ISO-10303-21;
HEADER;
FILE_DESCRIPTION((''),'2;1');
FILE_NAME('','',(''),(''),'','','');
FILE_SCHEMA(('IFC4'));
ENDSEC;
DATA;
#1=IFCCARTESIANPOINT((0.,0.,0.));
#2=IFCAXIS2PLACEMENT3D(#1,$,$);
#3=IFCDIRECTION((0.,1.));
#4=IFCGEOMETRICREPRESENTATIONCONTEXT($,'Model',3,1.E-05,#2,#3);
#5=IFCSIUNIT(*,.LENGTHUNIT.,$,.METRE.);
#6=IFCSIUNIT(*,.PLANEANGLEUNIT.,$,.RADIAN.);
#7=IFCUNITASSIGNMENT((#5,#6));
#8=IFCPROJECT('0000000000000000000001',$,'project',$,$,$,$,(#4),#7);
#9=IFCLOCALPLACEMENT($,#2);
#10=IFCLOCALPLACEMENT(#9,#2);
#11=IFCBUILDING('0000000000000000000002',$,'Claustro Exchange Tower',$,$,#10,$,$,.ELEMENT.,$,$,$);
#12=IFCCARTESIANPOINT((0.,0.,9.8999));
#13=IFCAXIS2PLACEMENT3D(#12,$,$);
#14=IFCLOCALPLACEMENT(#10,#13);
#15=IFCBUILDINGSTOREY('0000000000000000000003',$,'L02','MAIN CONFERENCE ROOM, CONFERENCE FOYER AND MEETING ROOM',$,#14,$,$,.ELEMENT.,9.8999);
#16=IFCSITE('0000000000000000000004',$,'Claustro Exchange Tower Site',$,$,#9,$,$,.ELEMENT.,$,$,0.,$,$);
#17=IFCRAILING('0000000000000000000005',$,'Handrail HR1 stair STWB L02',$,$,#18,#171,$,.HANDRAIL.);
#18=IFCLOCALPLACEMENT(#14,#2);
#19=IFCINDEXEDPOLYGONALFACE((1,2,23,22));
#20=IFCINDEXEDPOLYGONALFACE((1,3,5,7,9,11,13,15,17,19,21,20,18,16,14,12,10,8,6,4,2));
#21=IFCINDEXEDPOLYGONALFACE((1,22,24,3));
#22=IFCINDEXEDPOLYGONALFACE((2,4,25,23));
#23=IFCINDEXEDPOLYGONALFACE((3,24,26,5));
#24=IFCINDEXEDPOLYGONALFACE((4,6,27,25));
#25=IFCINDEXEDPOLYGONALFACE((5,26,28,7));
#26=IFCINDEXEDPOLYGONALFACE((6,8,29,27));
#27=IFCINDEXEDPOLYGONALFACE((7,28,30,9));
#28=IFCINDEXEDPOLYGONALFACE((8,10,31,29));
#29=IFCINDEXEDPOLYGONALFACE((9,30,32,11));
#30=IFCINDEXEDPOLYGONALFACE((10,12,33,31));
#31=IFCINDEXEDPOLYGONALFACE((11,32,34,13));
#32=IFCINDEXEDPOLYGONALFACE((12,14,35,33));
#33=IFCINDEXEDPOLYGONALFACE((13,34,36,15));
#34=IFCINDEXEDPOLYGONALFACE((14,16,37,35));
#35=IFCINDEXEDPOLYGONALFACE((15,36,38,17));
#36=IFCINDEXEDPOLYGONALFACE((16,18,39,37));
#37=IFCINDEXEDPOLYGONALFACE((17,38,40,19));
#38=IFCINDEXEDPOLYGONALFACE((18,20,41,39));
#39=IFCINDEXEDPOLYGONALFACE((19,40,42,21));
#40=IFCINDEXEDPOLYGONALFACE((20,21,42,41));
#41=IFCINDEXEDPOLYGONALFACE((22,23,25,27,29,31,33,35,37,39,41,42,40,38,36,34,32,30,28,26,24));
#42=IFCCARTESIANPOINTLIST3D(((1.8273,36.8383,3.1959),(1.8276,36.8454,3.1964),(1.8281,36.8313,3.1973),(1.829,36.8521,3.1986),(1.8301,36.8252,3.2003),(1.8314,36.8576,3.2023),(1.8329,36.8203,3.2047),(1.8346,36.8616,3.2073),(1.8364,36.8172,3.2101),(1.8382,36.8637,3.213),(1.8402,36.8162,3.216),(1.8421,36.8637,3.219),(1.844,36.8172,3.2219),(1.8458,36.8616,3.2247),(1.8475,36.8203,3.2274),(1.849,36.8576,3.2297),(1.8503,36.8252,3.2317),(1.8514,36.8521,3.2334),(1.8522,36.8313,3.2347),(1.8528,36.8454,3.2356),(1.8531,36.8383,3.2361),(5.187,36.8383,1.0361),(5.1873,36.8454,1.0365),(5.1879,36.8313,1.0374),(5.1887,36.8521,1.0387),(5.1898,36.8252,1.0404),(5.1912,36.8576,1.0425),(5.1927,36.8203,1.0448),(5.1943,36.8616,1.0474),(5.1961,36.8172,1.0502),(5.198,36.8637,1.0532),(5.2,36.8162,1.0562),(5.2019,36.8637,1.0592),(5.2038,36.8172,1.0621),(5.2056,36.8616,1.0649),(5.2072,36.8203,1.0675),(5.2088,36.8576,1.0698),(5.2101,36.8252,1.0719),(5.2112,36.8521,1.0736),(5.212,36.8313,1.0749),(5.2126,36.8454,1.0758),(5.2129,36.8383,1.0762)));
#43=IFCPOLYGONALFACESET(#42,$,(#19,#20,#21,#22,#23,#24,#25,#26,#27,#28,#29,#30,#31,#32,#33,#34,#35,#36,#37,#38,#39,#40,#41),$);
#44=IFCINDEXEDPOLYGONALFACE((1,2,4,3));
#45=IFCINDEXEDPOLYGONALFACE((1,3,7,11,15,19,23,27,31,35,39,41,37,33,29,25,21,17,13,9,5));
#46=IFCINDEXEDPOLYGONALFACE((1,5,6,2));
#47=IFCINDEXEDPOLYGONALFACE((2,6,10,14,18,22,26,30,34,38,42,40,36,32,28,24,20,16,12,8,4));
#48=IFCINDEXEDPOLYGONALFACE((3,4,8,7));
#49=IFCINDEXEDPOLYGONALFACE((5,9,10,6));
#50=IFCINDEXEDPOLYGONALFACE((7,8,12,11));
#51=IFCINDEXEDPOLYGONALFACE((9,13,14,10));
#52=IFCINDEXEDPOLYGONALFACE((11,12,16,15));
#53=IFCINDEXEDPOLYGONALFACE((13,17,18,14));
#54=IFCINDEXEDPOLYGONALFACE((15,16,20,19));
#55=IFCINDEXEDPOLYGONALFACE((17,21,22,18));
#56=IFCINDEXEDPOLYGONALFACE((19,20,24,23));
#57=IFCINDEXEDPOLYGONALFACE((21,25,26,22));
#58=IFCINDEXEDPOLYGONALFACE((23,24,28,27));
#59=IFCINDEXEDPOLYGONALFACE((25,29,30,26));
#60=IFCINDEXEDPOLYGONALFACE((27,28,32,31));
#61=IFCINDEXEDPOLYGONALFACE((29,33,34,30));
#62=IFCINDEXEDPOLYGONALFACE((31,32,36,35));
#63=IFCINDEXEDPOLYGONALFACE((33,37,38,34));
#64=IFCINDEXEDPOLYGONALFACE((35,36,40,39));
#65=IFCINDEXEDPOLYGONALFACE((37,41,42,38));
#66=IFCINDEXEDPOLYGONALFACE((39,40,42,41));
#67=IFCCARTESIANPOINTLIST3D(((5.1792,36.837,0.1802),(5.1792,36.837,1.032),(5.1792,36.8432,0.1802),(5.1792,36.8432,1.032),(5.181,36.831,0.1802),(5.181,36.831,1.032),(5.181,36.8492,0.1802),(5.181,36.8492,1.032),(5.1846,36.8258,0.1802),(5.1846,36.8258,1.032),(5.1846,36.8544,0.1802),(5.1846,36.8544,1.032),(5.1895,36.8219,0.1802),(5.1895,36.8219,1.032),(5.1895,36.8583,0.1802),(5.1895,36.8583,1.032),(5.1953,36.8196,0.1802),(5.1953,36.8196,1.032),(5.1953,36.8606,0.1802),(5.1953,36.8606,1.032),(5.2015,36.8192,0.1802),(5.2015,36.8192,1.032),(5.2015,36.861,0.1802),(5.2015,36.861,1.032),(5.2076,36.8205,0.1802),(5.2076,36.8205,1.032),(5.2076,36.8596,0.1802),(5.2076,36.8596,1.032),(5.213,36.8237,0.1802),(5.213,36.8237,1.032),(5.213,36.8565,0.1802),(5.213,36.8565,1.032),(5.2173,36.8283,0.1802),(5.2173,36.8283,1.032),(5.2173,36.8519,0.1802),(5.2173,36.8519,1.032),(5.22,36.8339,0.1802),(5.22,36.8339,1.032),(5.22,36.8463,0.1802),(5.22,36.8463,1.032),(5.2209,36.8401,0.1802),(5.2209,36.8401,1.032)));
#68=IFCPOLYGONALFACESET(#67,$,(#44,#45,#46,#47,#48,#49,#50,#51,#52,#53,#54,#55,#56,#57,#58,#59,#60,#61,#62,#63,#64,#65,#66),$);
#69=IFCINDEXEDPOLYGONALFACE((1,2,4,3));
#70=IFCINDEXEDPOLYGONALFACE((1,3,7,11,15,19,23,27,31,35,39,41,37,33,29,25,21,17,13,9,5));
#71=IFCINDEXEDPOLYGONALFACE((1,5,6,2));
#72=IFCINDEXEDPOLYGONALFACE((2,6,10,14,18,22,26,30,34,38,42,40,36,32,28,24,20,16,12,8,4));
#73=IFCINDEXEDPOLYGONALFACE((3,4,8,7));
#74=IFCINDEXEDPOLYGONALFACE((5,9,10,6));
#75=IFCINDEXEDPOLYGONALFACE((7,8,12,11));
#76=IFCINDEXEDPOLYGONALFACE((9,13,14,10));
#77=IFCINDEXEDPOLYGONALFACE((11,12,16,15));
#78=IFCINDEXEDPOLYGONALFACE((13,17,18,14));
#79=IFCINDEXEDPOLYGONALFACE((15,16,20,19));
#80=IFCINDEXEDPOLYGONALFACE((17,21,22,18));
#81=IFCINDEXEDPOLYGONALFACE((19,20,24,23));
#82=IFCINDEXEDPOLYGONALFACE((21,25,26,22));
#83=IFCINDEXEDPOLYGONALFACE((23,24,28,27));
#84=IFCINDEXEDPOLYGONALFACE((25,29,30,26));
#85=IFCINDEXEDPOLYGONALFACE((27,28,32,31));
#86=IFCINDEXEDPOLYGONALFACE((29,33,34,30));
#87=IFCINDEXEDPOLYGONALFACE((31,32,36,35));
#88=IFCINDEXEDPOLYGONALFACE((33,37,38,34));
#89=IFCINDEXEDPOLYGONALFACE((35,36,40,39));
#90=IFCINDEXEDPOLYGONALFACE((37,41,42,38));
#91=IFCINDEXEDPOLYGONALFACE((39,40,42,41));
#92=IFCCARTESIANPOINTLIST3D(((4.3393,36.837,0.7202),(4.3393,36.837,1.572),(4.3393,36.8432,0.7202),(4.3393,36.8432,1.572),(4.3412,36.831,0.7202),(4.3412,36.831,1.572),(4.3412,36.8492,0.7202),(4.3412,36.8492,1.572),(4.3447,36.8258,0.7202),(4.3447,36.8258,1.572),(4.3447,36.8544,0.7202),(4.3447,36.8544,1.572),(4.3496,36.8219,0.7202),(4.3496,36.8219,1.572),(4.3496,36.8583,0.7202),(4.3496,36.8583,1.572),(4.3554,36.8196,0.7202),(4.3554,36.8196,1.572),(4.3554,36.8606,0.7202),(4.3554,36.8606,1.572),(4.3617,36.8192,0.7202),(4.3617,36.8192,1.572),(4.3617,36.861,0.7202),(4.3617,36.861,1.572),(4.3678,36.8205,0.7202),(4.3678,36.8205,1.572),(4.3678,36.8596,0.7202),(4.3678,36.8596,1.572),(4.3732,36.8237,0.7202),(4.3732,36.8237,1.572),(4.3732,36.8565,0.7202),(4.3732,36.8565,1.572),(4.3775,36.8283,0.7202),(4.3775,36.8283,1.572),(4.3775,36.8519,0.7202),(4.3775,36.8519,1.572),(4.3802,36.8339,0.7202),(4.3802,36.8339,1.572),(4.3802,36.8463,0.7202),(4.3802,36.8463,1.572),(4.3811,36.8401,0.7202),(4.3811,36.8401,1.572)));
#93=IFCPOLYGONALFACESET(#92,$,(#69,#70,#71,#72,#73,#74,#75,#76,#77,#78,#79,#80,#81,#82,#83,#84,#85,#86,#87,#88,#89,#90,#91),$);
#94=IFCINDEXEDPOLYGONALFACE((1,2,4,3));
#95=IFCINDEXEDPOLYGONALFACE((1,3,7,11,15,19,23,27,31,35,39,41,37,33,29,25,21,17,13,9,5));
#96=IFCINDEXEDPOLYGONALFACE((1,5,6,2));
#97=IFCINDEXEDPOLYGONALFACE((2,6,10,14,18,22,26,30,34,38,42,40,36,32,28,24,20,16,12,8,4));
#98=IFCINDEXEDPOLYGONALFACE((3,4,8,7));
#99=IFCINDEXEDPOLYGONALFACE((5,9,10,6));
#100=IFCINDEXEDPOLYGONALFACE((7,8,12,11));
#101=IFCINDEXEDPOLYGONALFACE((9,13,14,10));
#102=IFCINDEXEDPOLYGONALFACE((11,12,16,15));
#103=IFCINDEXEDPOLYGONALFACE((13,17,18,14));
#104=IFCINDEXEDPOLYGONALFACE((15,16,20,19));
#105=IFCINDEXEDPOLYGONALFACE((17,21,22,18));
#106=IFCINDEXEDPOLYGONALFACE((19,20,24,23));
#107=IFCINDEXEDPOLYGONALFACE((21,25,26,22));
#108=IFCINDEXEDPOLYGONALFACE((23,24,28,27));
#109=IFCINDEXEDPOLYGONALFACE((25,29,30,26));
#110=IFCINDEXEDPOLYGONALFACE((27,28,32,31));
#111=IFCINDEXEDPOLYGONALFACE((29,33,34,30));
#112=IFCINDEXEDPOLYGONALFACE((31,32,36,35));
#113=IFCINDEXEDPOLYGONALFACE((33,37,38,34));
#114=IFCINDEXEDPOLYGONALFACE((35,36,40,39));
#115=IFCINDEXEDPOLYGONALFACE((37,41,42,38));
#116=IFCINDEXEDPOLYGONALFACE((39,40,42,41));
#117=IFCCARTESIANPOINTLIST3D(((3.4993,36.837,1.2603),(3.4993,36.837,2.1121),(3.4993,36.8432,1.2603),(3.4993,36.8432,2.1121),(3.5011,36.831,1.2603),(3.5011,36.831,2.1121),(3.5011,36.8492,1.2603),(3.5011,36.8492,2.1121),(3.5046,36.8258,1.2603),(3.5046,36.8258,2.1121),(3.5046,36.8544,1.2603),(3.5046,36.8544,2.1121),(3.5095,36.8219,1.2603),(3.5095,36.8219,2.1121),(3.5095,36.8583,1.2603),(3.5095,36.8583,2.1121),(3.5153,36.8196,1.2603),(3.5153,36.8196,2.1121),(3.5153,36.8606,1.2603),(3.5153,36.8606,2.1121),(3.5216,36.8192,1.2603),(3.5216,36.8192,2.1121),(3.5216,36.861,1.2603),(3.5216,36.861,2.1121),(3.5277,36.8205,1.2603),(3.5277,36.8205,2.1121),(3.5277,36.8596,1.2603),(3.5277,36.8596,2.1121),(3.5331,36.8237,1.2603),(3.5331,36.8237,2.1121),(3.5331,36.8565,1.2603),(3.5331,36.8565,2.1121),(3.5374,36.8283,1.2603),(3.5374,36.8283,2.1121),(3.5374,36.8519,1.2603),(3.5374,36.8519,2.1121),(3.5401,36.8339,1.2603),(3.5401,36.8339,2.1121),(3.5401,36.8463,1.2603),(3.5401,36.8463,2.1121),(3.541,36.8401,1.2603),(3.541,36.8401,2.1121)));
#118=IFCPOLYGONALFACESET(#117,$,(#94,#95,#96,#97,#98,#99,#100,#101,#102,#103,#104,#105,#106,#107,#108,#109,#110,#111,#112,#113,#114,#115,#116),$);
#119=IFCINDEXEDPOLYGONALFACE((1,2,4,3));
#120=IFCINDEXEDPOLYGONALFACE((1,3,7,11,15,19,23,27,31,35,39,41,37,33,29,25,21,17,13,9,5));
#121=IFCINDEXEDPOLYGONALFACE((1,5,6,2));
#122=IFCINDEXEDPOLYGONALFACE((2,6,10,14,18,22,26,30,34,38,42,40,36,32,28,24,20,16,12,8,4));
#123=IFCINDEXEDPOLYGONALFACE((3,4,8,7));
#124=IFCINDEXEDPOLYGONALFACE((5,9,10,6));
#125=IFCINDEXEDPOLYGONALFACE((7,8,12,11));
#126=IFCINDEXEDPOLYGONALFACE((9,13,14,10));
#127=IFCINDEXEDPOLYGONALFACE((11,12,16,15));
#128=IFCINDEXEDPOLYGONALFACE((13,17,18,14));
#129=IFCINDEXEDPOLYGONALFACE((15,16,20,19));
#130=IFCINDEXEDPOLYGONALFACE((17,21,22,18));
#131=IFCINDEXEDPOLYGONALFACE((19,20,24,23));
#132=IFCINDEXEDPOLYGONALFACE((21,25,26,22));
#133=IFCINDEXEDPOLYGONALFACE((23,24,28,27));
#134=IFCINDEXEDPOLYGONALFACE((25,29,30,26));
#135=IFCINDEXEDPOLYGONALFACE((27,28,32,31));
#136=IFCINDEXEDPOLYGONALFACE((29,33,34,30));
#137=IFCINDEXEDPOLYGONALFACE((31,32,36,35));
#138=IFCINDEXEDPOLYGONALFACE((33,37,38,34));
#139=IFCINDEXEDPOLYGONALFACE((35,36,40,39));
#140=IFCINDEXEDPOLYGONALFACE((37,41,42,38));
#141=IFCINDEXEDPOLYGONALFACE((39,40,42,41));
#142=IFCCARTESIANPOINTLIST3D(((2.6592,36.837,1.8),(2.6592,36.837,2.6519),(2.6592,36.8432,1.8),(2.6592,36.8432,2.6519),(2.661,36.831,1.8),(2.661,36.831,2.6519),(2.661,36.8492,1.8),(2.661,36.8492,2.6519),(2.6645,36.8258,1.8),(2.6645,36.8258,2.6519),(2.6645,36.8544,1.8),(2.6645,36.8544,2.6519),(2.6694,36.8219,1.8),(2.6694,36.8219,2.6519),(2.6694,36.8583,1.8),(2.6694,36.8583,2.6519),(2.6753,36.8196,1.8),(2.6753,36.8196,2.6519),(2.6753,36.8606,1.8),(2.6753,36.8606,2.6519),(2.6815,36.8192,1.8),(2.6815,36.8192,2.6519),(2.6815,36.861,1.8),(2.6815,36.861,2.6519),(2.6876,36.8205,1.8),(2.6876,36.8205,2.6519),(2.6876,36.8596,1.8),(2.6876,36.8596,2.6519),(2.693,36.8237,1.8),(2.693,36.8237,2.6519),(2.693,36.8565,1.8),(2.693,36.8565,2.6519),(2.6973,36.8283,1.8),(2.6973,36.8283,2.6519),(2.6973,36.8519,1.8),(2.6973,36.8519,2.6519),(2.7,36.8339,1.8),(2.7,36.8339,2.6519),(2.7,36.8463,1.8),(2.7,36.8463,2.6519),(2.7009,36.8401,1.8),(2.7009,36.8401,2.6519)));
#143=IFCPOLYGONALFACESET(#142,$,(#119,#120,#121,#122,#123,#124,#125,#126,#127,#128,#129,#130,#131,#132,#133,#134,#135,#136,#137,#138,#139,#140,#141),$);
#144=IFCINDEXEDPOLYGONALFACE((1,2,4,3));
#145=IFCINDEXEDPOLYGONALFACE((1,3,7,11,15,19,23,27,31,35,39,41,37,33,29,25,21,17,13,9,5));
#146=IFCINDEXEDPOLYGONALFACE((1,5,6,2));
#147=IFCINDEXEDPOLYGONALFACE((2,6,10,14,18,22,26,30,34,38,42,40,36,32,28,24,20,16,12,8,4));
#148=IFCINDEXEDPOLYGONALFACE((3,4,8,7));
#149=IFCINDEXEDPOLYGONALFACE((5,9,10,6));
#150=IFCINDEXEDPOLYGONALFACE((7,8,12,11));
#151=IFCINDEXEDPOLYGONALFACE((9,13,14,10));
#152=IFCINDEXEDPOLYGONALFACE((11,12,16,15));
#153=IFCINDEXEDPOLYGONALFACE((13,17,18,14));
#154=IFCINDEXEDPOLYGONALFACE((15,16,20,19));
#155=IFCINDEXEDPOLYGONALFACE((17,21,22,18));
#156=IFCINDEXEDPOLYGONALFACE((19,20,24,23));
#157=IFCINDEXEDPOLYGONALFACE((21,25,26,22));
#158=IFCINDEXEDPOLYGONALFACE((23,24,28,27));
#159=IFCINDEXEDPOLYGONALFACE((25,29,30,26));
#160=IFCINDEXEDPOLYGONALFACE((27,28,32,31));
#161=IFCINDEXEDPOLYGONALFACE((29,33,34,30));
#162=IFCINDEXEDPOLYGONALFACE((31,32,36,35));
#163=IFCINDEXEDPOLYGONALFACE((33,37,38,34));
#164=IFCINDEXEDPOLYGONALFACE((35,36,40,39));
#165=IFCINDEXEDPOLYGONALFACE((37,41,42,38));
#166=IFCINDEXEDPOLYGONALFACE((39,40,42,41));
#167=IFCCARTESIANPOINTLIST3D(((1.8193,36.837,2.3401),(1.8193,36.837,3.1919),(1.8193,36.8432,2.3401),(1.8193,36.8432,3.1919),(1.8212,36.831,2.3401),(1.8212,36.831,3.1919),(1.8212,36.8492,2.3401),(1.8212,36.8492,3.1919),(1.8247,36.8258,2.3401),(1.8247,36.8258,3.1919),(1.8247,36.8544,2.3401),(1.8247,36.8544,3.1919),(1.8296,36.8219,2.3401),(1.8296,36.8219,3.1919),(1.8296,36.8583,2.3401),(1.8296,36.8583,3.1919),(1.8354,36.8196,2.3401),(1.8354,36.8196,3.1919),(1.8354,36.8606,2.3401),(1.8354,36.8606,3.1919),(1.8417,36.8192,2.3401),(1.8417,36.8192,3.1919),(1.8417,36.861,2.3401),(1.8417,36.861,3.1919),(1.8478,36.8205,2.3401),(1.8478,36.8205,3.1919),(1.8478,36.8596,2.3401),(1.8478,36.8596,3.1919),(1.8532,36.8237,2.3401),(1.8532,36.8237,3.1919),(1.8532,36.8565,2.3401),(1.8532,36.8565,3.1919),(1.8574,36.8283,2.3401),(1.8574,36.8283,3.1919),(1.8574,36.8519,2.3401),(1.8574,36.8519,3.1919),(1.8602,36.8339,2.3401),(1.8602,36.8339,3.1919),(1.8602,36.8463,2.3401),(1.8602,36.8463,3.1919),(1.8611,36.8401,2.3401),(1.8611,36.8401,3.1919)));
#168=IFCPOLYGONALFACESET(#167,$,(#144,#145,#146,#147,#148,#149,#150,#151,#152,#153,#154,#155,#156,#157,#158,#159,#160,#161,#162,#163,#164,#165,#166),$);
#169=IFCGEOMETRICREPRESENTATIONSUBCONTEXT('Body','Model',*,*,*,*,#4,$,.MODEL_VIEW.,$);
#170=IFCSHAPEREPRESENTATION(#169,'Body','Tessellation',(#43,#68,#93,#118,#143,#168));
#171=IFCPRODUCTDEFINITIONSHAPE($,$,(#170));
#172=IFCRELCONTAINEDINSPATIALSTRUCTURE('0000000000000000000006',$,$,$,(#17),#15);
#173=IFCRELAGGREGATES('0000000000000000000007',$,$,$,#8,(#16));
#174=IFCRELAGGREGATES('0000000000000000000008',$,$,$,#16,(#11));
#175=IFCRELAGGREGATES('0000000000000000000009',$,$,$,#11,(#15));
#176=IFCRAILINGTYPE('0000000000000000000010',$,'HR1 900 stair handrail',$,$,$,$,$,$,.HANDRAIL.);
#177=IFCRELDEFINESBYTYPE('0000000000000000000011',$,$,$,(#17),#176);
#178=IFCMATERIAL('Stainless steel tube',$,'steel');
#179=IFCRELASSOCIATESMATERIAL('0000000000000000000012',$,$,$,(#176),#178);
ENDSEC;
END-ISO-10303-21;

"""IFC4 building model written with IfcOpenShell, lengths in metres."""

from ifc_helpers import new_model, si_unit, direction, frame, origin, origin_2d, place, context, subcontext, project, spatial, circle, extrude, material, type_object, element, save


model = new_model("IFC4")

# Units and contexts
model_context = context("Model", 3, precision=1e-05, world=origin(), true_north=direction((0.0, 1.0)))
body_context = subcontext(model_context, "Body", "Model", "MODEL_VIEW")
ifc_project = project(units=[si_unit("LENGTHUNIT", "METRE"), si_unit("PLANEANGLEUNIT", "RADIAN")], contexts=[model_context])

# Site, building, storey
site_placement = place(None, origin())
site = spatial("IfcSite", under=ifc_project, at=site_placement, Name="Claustro Exchange Tower Site", CompositionType="ELEMENT", RefElevation=0.0)
building_placement = place(site_placement, origin())
building = spatial("IfcBuilding", under=site, at=building_placement, Name="Claustro Exchange Tower", CompositionType="ELEMENT")
storey_placement = place(building_placement, frame((0.0, 0.0, 9.8999)))
storey = spatial("IfcBuildingStorey", under=building, at=storey_placement, Name="L02", Description="MAIN CONFERENCE ROOM, CONFERENCE FOYER AND MEETING ROOM", CompositionType="ELEMENT", Elevation=9.8999)

# Railing
ifc_material_1 = material(Name="Stainless steel tube", Category="steel")
railing_type_1 = type_object("IfcRailingType", Name="HR1 900 stair handrail", PredefinedType="HANDRAIL", material=ifc_material_1)
railing_1_placement = place(storey_placement, frame((5.2, 36.8401, 0.1802)))
element("IfcRailing", 1, at=railing_1_placement, inside=storey, type_object=railing_type_1, Name="Handrail HR1 stair STWB L02", PredefinedType="HANDRAIL", context=body_context, shape_type="SweptSolid", body=[
    extrude(circle(Radius=0.0239, at=origin_2d()), frame((0.0, 0.0, 0.876), z_axis=(-0.841178, 0.0, 0.540758), x_axis=(0.0, -1.0, 0.0)), (0.0, 0.0, 1.0), 3.9941),
    extrude(circle(Radius=0.021, at=origin_2d()), origin(), (0.0, 0.0, 1.0), 0.8518),
    extrude(circle(Radius=0.021, at=origin_2d()), frame((-0.8398, 0.0, 0.54)), (0.0, 0.0, 1.0), 0.8518),
    extrude(circle(Radius=0.021, at=origin_2d()), frame((-1.6799, 0.0, 1.0801)), (0.0, 0.0, 1.0), 0.8518),
    extrude(circle(Radius=0.021, at=origin_2d()), frame((-2.52, 0.0, 1.6199)), (0.0, 0.0, 1.0), 0.8518),
    extrude(circle(Radius=0.021, at=origin_2d()), frame((-3.3599, 0.0, 2.1599)), (0.0, 0.0, 1.0), 0.8518),
])

save(model, "model.ifc")
